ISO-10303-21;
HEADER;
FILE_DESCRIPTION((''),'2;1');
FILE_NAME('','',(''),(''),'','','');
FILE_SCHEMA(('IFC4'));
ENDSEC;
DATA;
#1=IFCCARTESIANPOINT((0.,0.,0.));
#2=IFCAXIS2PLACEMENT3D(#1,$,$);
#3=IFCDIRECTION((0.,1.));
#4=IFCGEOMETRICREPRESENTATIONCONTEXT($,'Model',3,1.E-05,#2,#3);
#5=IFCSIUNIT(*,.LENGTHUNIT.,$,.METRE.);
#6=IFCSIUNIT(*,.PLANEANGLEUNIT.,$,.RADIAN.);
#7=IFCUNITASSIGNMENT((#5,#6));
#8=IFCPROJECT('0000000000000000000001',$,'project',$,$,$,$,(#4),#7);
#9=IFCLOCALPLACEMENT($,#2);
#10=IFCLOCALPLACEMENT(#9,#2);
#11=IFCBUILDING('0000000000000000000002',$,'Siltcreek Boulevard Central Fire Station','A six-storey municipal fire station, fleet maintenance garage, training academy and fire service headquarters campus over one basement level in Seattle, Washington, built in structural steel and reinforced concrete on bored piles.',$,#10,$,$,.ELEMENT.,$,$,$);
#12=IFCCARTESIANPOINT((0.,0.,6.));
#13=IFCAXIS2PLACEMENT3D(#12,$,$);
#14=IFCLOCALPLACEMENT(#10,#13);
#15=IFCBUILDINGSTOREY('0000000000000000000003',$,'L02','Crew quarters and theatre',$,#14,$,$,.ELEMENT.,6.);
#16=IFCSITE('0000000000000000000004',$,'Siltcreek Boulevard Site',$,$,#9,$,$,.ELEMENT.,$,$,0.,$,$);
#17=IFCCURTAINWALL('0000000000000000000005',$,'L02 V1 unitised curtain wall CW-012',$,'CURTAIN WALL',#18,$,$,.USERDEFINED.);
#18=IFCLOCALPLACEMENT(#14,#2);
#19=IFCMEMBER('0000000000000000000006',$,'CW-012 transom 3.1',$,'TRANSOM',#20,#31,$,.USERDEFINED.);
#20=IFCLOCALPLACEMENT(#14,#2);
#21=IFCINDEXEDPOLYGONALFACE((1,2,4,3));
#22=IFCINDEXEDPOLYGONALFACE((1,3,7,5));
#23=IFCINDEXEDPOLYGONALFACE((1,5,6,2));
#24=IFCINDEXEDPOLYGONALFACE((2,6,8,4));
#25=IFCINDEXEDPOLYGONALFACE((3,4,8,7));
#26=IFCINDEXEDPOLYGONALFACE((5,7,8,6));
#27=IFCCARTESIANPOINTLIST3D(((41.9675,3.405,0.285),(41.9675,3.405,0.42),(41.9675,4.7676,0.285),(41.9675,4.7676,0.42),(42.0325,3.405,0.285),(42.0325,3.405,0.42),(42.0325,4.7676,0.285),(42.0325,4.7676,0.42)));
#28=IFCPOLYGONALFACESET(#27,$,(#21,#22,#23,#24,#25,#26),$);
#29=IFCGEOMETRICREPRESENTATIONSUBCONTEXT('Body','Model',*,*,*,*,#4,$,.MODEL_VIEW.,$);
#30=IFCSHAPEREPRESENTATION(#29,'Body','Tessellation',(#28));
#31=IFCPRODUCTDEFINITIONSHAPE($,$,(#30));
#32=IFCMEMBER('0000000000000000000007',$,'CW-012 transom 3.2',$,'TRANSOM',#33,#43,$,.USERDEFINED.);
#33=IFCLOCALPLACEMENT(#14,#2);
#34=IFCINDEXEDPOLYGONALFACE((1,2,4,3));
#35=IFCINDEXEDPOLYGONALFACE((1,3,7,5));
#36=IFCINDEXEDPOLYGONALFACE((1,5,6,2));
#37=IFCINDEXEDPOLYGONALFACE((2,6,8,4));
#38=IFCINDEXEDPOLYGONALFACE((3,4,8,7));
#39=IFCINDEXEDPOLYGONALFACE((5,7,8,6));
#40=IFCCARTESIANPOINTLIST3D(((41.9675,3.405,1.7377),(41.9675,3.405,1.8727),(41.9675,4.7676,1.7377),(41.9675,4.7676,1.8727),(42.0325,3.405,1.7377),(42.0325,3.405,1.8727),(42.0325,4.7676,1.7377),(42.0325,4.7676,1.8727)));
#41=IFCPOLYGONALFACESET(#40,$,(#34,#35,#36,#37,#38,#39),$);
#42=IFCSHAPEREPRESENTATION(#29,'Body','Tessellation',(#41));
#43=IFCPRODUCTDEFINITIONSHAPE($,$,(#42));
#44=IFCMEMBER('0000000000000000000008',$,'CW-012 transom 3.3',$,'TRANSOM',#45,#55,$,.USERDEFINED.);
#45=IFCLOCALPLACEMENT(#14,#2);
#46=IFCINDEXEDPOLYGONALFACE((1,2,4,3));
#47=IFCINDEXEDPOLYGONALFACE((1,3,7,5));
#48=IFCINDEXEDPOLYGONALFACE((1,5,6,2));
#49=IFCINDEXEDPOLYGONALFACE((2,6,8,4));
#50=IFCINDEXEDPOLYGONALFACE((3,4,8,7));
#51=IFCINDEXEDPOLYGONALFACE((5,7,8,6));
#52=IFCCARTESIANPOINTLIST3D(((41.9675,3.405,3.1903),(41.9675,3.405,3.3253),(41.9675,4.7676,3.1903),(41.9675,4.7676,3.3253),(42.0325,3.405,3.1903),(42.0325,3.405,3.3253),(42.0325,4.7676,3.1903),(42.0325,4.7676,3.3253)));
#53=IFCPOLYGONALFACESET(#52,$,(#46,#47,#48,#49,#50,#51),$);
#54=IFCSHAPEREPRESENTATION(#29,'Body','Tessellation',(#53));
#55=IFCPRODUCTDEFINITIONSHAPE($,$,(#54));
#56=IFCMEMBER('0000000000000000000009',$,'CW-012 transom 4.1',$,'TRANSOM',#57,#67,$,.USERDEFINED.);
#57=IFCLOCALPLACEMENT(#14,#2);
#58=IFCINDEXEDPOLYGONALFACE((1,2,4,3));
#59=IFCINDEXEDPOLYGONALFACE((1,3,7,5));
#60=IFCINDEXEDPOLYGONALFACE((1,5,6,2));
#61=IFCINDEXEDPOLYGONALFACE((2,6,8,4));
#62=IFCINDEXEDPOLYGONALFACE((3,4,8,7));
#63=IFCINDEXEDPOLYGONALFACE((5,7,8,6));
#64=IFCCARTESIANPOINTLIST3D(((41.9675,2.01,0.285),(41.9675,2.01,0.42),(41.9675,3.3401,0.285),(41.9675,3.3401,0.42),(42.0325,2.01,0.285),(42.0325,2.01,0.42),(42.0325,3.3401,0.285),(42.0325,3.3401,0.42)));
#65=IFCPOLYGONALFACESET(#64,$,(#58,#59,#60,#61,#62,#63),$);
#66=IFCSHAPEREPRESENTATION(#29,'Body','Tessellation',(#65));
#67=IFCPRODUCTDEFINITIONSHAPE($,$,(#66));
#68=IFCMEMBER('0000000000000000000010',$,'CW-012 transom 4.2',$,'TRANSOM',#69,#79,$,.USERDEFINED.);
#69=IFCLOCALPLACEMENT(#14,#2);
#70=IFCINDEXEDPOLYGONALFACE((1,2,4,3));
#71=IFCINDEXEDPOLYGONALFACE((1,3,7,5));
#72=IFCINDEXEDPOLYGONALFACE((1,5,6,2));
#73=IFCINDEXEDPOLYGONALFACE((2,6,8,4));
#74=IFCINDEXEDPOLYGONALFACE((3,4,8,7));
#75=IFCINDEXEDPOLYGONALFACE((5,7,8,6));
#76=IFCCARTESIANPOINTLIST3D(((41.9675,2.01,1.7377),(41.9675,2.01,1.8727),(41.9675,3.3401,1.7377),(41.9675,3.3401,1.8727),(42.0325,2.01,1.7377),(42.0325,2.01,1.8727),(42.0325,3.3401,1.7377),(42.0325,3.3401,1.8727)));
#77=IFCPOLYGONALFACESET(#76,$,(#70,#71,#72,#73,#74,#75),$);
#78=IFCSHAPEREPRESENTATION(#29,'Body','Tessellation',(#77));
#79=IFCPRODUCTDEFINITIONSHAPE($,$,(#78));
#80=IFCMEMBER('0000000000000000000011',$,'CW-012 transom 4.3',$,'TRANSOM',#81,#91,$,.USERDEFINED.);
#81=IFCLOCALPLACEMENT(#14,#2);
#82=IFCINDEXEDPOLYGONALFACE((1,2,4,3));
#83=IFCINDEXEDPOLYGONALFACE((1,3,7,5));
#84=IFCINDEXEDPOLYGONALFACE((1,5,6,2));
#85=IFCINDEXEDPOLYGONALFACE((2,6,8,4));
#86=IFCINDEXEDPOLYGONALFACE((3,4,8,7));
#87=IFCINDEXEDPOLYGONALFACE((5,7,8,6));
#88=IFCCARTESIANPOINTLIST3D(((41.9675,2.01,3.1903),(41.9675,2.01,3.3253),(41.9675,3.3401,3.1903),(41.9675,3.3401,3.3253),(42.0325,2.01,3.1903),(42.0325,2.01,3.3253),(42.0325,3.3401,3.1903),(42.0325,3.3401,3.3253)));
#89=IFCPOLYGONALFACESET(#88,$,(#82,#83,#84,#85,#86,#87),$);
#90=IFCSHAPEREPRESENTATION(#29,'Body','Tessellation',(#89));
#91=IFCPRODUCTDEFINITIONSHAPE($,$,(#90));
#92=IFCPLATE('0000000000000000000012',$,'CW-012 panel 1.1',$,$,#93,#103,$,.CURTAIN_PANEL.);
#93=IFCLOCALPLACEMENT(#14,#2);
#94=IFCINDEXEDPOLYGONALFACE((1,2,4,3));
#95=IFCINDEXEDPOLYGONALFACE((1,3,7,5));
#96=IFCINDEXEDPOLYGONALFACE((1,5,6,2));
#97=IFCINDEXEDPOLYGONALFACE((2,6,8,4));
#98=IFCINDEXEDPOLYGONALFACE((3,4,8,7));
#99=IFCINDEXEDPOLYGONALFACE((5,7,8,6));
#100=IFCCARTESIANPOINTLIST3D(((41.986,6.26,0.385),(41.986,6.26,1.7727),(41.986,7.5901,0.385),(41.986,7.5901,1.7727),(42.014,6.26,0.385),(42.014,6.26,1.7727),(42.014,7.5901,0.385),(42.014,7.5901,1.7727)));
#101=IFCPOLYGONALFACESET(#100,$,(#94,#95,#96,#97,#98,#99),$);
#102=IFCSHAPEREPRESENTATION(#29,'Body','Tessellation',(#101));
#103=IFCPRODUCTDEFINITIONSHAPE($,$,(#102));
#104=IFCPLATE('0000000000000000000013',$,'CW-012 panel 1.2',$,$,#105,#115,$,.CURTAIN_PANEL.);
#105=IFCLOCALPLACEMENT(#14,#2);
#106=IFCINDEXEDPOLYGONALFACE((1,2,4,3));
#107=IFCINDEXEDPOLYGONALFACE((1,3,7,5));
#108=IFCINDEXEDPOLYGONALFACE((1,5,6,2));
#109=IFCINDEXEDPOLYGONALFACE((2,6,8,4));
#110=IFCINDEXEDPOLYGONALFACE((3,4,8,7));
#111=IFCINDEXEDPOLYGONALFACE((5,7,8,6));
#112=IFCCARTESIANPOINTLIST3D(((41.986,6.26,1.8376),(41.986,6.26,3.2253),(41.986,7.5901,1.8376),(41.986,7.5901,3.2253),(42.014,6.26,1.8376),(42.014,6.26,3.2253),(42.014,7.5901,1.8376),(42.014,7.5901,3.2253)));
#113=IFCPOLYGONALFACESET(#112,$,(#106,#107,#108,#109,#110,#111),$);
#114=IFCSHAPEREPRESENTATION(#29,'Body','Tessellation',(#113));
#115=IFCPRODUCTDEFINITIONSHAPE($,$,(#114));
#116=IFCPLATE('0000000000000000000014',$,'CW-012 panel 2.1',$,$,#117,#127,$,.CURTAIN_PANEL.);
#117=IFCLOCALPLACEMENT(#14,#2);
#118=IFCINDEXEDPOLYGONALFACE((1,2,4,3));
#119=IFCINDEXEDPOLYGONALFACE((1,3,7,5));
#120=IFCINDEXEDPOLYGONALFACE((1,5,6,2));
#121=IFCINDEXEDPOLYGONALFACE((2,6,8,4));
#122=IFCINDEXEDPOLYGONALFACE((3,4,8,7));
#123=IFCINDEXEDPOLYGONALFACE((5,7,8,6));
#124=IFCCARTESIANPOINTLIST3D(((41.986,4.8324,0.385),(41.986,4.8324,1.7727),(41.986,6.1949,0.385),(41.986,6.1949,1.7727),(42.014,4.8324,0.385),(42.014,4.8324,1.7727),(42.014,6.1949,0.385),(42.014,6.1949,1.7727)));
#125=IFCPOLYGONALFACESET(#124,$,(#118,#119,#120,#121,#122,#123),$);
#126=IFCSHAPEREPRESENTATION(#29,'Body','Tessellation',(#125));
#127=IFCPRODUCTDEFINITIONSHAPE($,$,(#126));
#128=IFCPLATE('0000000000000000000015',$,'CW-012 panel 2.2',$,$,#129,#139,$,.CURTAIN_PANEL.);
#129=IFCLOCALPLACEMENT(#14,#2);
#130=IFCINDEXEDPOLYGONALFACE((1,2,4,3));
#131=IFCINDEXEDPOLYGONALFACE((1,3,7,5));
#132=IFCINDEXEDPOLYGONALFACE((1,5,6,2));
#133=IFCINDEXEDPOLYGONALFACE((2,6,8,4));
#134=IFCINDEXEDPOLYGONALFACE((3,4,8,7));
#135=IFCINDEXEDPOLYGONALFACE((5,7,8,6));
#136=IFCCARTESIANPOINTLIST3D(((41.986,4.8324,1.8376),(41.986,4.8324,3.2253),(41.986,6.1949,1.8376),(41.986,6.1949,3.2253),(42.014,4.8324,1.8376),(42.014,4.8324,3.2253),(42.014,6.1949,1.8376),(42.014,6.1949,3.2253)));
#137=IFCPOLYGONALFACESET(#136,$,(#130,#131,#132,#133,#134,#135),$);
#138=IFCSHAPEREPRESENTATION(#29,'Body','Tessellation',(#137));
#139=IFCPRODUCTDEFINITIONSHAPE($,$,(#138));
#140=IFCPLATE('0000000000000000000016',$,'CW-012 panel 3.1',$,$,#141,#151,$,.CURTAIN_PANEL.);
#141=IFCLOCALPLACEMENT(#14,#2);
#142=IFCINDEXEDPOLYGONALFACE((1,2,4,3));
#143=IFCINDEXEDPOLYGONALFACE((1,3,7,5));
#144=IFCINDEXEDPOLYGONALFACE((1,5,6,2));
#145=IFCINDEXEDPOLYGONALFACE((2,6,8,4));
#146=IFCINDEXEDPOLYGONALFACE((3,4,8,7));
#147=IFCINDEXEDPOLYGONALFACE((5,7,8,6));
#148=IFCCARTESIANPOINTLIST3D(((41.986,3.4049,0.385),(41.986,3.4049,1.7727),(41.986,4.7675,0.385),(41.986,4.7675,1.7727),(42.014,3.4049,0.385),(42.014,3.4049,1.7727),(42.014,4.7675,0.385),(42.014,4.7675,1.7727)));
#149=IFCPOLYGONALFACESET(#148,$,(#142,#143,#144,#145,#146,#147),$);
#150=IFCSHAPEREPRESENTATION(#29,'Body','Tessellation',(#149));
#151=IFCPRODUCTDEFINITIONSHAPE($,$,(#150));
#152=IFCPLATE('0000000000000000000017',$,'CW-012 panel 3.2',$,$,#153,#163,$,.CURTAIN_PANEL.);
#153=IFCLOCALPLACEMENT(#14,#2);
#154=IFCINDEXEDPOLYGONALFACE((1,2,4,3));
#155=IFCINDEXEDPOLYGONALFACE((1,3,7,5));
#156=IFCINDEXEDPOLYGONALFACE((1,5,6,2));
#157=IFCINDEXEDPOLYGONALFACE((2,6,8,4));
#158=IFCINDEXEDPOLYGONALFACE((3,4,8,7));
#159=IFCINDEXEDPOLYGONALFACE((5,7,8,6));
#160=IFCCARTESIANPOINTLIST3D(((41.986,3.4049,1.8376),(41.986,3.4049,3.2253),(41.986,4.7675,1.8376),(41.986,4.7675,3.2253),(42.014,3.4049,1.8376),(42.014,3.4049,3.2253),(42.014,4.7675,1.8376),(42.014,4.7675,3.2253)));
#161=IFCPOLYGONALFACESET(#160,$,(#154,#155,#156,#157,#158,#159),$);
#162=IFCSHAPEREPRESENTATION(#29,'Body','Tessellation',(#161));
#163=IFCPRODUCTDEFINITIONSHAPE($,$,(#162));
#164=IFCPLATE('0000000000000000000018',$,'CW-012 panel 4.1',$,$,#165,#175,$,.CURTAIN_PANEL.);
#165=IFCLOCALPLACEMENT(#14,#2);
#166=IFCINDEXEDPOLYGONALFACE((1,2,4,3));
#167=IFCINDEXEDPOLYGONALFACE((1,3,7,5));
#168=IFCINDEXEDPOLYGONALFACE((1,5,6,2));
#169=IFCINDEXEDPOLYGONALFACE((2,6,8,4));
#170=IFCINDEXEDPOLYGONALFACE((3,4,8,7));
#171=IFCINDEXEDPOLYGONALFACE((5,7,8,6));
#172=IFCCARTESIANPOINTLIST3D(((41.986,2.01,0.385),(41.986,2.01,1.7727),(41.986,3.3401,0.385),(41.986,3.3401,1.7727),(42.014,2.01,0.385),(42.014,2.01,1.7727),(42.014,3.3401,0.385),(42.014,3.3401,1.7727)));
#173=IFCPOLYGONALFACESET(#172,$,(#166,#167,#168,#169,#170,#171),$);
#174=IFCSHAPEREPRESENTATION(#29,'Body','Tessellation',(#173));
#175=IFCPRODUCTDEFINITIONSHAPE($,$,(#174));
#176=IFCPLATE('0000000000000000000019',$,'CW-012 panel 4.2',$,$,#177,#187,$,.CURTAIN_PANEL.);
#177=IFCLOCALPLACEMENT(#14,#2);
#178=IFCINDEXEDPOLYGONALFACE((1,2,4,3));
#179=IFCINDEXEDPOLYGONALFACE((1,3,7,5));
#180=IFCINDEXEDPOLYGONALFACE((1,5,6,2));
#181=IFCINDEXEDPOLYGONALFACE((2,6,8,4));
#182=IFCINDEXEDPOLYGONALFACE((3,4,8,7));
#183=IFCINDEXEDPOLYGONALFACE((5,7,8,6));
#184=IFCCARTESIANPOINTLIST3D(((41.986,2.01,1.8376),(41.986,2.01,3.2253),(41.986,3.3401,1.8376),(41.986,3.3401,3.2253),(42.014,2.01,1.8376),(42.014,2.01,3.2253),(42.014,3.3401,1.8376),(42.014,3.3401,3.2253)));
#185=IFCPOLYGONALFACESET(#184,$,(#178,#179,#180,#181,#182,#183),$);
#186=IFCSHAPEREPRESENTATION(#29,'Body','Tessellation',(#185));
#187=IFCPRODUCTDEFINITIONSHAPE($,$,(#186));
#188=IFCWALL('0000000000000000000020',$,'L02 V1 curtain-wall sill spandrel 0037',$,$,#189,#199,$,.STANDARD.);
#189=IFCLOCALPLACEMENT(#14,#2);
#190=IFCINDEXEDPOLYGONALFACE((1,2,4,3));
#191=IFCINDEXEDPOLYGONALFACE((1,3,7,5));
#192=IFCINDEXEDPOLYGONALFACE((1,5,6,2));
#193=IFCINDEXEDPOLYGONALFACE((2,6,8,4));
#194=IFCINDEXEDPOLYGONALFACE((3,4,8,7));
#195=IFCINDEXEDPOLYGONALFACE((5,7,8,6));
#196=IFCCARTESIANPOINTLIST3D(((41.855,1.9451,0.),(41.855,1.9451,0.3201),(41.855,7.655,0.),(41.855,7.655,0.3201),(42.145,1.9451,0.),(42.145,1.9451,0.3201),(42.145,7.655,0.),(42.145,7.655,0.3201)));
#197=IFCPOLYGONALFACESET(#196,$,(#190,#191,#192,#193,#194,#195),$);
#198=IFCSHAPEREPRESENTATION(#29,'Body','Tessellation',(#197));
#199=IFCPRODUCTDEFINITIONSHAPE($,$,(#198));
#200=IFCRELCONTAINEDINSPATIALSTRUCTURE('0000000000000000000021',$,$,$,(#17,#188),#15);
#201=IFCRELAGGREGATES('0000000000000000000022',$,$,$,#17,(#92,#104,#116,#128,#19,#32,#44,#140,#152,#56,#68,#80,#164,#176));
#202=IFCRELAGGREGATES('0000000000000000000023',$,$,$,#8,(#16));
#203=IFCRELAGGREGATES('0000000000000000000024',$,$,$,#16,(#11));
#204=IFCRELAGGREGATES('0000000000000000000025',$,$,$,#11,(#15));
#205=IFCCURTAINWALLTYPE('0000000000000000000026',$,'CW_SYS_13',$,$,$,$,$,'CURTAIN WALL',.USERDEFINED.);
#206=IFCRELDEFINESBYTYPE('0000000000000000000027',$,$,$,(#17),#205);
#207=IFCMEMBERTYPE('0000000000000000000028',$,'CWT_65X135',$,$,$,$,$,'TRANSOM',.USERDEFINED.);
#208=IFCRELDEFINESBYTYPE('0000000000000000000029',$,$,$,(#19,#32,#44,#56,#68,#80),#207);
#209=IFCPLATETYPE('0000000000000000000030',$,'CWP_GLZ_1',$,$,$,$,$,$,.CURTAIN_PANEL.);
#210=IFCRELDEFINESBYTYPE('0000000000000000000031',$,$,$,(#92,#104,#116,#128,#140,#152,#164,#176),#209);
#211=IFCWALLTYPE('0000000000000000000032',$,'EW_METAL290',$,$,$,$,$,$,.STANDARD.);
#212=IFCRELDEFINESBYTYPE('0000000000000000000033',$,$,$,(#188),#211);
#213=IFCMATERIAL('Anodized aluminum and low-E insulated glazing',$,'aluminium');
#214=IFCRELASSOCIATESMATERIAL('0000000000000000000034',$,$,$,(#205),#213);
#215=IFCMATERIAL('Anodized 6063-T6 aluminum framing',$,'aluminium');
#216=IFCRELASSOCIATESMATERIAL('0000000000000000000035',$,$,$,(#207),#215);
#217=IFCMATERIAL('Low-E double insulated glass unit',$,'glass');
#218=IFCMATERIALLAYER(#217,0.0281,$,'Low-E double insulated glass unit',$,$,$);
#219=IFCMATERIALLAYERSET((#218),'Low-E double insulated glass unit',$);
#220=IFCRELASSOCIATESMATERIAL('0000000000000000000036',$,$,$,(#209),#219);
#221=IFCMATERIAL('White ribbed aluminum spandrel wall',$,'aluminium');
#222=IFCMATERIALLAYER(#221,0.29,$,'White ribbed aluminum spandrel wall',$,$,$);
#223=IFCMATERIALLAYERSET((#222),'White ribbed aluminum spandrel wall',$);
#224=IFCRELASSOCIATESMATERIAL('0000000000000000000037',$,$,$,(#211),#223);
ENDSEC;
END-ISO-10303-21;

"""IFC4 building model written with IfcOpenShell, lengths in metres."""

from ifc_helpers import new_model, si_unit, direction, frame, frame_2d, origin, origin_2d, place, context, subcontext, project, spatial, rectangle, extrude, material, layer, layer_set, material_profile, profile_set, type_object, element, aggregate, save


model = new_model("IFC4")

# Units and contexts
model_context = context("Model", 3, precision=1e-05, world=origin(), true_north=direction((0.0, 1.0)))
body_context = subcontext(model_context, "Body", "Model", "MODEL_VIEW")
ifc_project = project(units=[si_unit("LENGTHUNIT", "METRE"), si_unit("PLANEANGLEUNIT", "RADIAN")], contexts=[model_context])

# Site, building, storey
site_placement = place(None, origin())
site = spatial("IfcSite", under=ifc_project, at=site_placement, Name="Siltcreek Boulevard Site", CompositionType="ELEMENT", RefElevation=0.0)
building_placement = place(site_placement, origin())
building = spatial("IfcBuilding", under=site, at=building_placement, Name="Siltcreek Boulevard Central Fire Station", Description="A six-storey municipal fire station, fleet maintenance garage, training academy and fire service headquarters campus over one basement level in Seattle, Washington, built in structural steel and reinforced concrete on bored piles.", CompositionType="ELEMENT")
storey_placement = place(building_placement, frame((0.0, 0.0, 6.0)))
storey = spatial("IfcBuildingStorey", under=building, at=storey_placement, Name="L02", Description="Crew quarters and theatre", CompositionType="ELEMENT", Elevation=6.0)

# Curtain wall, members, plates
ifc_material_1 = material(Name="Anodized aluminum and low-E insulated glazing", Category="aluminium")
curtain_wall_type = type_object("IfcCurtainWallType", Name="CW_SYS_13", ElementType="CURTAIN WALL", PredefinedType="USERDEFINED", material=ifc_material_1)
curtain_wall_placement = place(storey_placement, origin())
curtain_wall = element("IfcCurtainWall", 1, at=curtain_wall_placement, inside=storey, type_object=curtain_wall_type, Name="L02 V1 unitised curtain wall CW-012", ObjectType="CURTAIN WALL", PredefinedType="USERDEFINED")
ifc_material_2 = material(Name="Anodized 6063-T6 aluminum framing", Category="aluminium")
ifc_material_profile_1 = material_profile(ifc_material_2, rectangle(XDim=0.0649, YDim=0.135, at=origin_2d()), Name="TRAN65X135")
ifc_profile_set_1 = profile_set([ifc_material_profile_1], Name="Anodized 6063-T6 aluminum framing")
member_type_1 = type_object("IfcMemberType", Name="CWT_65X135", ElementType="TRANSOM", PredefinedType="USERDEFINED", material=ifc_profile_set_1)
member_1_placement = place(storey_placement, frame((42.0, 4.7676, 0.3525), z_axis=(0.0, -1.0, 0.0), x_axis=(1.0, 0.0, 0.0)))
member_1 = element("IfcMember", 2, at=member_1_placement, type_object=member_type_1, Name="CW-012 transom 3.1", ObjectType="TRANSOM", PredefinedType="USERDEFINED", context=body_context, shape_type="SweptSolid", body=[
    extrude(rectangle(XDim=0.0649, YDim=0.135, at=origin_2d()), origin(), (0.0, 0.0, 1.0), 1.3625),
])
member_2_placement = place(storey_placement, frame((42.0, 4.7676, 1.8052), z_axis=(0.0, -1.0, 0.0), x_axis=(1.0, 0.0, 0.0)))
member_2 = element("IfcMember", 3, at=member_2_placement, type_object=member_type_1, Name="CW-012 transom 3.2", ObjectType="TRANSOM", PredefinedType="USERDEFINED", context=body_context, shape_type="SweptSolid", body=[
    extrude(rectangle(XDim=0.0649, YDim=0.135, at=origin_2d()), origin(), (0.0, 0.0, 1.0), 1.3625),
])
member_3_placement = place(storey_placement, frame((42.0, 4.7676, 3.2578), z_axis=(0.0, -1.0, 0.0), x_axis=(1.0, 0.0, 0.0)))
member_3 = element("IfcMember", 4, at=member_3_placement, type_object=member_type_1, Name="CW-012 transom 3.3", ObjectType="TRANSOM", PredefinedType="USERDEFINED", context=body_context, shape_type="SweptSolid", body=[
    extrude(rectangle(XDim=0.0649, YDim=0.135, at=origin_2d()), origin(), (0.0, 0.0, 1.0), 1.3625),
])
member_4_placement = place(storey_placement, frame((42.0, 3.3401, 0.3525), z_axis=(0.0, -1.0, 0.0), x_axis=(1.0, 0.0, 0.0)))
member_4 = element("IfcMember", 5, at=member_4_placement, type_object=member_type_1, Name="CW-012 transom 4.1", ObjectType="TRANSOM", PredefinedType="USERDEFINED", context=body_context, shape_type="SweptSolid", body=[
    extrude(rectangle(XDim=0.0649, YDim=0.135, at=origin_2d()), origin(), (0.0, 0.0, 1.0), 1.3301),
])
member_5_placement = place(storey_placement, frame((42.0, 3.3401, 1.8052), z_axis=(0.0, -1.0, 0.0), x_axis=(1.0, 0.0, 0.0)))
member_5 = element("IfcMember", 6, at=member_5_placement, type_object=member_type_1, Name="CW-012 transom 4.2", ObjectType="TRANSOM", PredefinedType="USERDEFINED", context=body_context, shape_type="SweptSolid", body=[
    extrude(rectangle(XDim=0.0649, YDim=0.135, at=origin_2d()), origin(), (0.0, 0.0, 1.0), 1.3301),
])
member_6_placement = place(storey_placement, frame((42.0, 3.3401, 3.2578), z_axis=(0.0, -1.0, 0.0), x_axis=(1.0, 0.0, 0.0)))
member_6 = element("IfcMember", 7, at=member_6_placement, type_object=member_type_1, Name="CW-012 transom 4.3", ObjectType="TRANSOM", PredefinedType="USERDEFINED", context=body_context, shape_type="SweptSolid", body=[
    extrude(rectangle(XDim=0.0649, YDim=0.135, at=origin_2d()), origin(), (0.0, 0.0, 1.0), 1.3301),
])
ifc_material_3 = material(Name="Low-E double insulated glass unit", Category="glass")
ifc_layer_1 = layer(ifc_material_3, 0.0281, Name="Low-E double insulated glass unit")
ifc_layer_set_1 = layer_set([ifc_layer_1], Name="Low-E double insulated glass unit")
plate_type = type_object("IfcPlateType", Name="CWP_GLZ_1", PredefinedType="CURTAIN_PANEL", material=ifc_layer_set_1)
plate_1_placement = place(storey_placement, frame((42.0, 6.925, 0.385), z_axis=(0.0, 0.0, 1.0), x_axis=(0.0, -1.0, 0.0)))
plate_1 = element("IfcPlate", 8, at=plate_1_placement, type_object=plate_type, Name="CW-012 panel 1.1", PredefinedType="CURTAIN_PANEL", context=body_context, shape_type="SweptSolid", body=[
    extrude(rectangle(XDim=1.3301, YDim=0.0281, at=origin_2d()), origin(), (0.0, 0.0, 1.0), 1.3877),
])
plate_2_placement = place(storey_placement, frame((42.0, 6.925, 1.8376), z_axis=(0.0, 0.0, 1.0), x_axis=(0.0, -1.0, 0.0)))
plate_2 = element("IfcPlate", 9, at=plate_2_placement, type_object=plate_type, Name="CW-012 panel 1.2", PredefinedType="CURTAIN_PANEL", context=body_context, shape_type="SweptSolid", body=[
    extrude(rectangle(XDim=1.3301, YDim=0.0281, at=origin_2d()), origin(), (0.0, 0.0, 1.0), 1.3877),
])
plate_3_placement = place(storey_placement, frame((42.0, 5.5137, 0.385), z_axis=(0.0, 0.0, 1.0), x_axis=(0.0, -1.0, 0.0)))
plate_3 = element("IfcPlate", 10, at=plate_3_placement, type_object=plate_type, Name="CW-012 panel 2.1", PredefinedType="CURTAIN_PANEL", context=body_context, shape_type="SweptSolid", body=[
    extrude(rectangle(XDim=1.3625, YDim=0.0281, at=origin_2d()), origin(), (0.0, 0.0, 1.0), 1.3877),
])
plate_4_placement = place(storey_placement, frame((42.0, 5.5137, 1.8376), z_axis=(0.0, 0.0, 1.0), x_axis=(0.0, -1.0, 0.0)))
plate_4 = element("IfcPlate", 11, at=plate_4_placement, type_object=plate_type, Name="CW-012 panel 2.2", PredefinedType="CURTAIN_PANEL", context=body_context, shape_type="SweptSolid", body=[
    extrude(rectangle(XDim=1.3625, YDim=0.0281, at=origin_2d()), origin(), (0.0, 0.0, 1.0), 1.3877),
])
plate_5_placement = place(storey_placement, frame((42.0, 4.0862, 0.385), z_axis=(0.0, 0.0, 1.0), x_axis=(0.0, -1.0, 0.0)))
plate_5 = element("IfcPlate", 12, at=plate_5_placement, type_object=plate_type, Name="CW-012 panel 3.1", PredefinedType="CURTAIN_PANEL", context=body_context, shape_type="SweptSolid", body=[
    extrude(rectangle(XDim=1.3625, YDim=0.0281, at=origin_2d()), origin(), (0.0, 0.0, 1.0), 1.3877),
])
plate_6_placement = place(storey_placement, frame((42.0, 4.0862, 1.8376), z_axis=(0.0, 0.0, 1.0), x_axis=(0.0, -1.0, 0.0)))
plate_6 = element("IfcPlate", 13, at=plate_6_placement, type_object=plate_type, Name="CW-012 panel 3.2", PredefinedType="CURTAIN_PANEL", context=body_context, shape_type="SweptSolid", body=[
    extrude(rectangle(XDim=1.3625, YDim=0.0281, at=origin_2d()), origin(), (0.0, 0.0, 1.0), 1.3877),
])
plate_7_placement = place(storey_placement, frame((42.0, 2.675, 0.385), z_axis=(0.0, 0.0, 1.0), x_axis=(0.0, -1.0, 0.0)))
plate_7 = element("IfcPlate", 14, at=plate_7_placement, type_object=plate_type, Name="CW-012 panel 4.1", PredefinedType="CURTAIN_PANEL", context=body_context, shape_type="SweptSolid", body=[
    extrude(rectangle(XDim=1.3301, YDim=0.0281, at=origin_2d()), origin(), (0.0, 0.0, 1.0), 1.3877),
])
plate_8_placement = place(storey_placement, frame((42.0, 2.675, 1.8376), z_axis=(0.0, 0.0, 1.0), x_axis=(0.0, -1.0, 0.0)))
plate_8 = element("IfcPlate", 15, at=plate_8_placement, type_object=plate_type, Name="CW-012 panel 4.2", PredefinedType="CURTAIN_PANEL", context=body_context, shape_type="SweptSolid", body=[
    extrude(rectangle(XDim=1.3301, YDim=0.0281, at=origin_2d()), origin(), (0.0, 0.0, 1.0), 1.3877),
])
aggregate(curtain_wall, [plate_1, plate_2, plate_3, plate_4, member_1, member_2, member_3, plate_5, plate_6, member_4, member_5, member_6, plate_7, plate_8])

# Wall
ifc_material_4 = material(Name="White ribbed aluminum spandrel wall", Category="aluminium")
ifc_layer_2 = layer(ifc_material_4, 0.29, Name="White ribbed aluminum spandrel wall")
ifc_layer_set_2 = layer_set([ifc_layer_2], Name="White ribbed aluminum spandrel wall")
wall_type = type_object("IfcWallType", Name="EW_METAL290", PredefinedType="STANDARD", material=ifc_layer_set_2)
wall_placement = place(storey_placement, frame((42.0, 7.655, 0.0), z_axis=(0.0, 0.0, 1.0), x_axis=(0.0, -1.0, 0.0)))
element("IfcWall", 16, at=wall_placement, inside=storey, type_object=wall_type, Name="L02 V1 curtain-wall sill spandrel 0037", PredefinedType="STANDARD", context=body_context, shape_type="SweptSolid", body=[
    extrude(rectangle(XDim=5.71, YDim=0.29, at=frame_2d((2.855, 0.0))), origin(), (0.0, 0.0, 1.0), 0.3201),
])

save(model, "model.ifc")
